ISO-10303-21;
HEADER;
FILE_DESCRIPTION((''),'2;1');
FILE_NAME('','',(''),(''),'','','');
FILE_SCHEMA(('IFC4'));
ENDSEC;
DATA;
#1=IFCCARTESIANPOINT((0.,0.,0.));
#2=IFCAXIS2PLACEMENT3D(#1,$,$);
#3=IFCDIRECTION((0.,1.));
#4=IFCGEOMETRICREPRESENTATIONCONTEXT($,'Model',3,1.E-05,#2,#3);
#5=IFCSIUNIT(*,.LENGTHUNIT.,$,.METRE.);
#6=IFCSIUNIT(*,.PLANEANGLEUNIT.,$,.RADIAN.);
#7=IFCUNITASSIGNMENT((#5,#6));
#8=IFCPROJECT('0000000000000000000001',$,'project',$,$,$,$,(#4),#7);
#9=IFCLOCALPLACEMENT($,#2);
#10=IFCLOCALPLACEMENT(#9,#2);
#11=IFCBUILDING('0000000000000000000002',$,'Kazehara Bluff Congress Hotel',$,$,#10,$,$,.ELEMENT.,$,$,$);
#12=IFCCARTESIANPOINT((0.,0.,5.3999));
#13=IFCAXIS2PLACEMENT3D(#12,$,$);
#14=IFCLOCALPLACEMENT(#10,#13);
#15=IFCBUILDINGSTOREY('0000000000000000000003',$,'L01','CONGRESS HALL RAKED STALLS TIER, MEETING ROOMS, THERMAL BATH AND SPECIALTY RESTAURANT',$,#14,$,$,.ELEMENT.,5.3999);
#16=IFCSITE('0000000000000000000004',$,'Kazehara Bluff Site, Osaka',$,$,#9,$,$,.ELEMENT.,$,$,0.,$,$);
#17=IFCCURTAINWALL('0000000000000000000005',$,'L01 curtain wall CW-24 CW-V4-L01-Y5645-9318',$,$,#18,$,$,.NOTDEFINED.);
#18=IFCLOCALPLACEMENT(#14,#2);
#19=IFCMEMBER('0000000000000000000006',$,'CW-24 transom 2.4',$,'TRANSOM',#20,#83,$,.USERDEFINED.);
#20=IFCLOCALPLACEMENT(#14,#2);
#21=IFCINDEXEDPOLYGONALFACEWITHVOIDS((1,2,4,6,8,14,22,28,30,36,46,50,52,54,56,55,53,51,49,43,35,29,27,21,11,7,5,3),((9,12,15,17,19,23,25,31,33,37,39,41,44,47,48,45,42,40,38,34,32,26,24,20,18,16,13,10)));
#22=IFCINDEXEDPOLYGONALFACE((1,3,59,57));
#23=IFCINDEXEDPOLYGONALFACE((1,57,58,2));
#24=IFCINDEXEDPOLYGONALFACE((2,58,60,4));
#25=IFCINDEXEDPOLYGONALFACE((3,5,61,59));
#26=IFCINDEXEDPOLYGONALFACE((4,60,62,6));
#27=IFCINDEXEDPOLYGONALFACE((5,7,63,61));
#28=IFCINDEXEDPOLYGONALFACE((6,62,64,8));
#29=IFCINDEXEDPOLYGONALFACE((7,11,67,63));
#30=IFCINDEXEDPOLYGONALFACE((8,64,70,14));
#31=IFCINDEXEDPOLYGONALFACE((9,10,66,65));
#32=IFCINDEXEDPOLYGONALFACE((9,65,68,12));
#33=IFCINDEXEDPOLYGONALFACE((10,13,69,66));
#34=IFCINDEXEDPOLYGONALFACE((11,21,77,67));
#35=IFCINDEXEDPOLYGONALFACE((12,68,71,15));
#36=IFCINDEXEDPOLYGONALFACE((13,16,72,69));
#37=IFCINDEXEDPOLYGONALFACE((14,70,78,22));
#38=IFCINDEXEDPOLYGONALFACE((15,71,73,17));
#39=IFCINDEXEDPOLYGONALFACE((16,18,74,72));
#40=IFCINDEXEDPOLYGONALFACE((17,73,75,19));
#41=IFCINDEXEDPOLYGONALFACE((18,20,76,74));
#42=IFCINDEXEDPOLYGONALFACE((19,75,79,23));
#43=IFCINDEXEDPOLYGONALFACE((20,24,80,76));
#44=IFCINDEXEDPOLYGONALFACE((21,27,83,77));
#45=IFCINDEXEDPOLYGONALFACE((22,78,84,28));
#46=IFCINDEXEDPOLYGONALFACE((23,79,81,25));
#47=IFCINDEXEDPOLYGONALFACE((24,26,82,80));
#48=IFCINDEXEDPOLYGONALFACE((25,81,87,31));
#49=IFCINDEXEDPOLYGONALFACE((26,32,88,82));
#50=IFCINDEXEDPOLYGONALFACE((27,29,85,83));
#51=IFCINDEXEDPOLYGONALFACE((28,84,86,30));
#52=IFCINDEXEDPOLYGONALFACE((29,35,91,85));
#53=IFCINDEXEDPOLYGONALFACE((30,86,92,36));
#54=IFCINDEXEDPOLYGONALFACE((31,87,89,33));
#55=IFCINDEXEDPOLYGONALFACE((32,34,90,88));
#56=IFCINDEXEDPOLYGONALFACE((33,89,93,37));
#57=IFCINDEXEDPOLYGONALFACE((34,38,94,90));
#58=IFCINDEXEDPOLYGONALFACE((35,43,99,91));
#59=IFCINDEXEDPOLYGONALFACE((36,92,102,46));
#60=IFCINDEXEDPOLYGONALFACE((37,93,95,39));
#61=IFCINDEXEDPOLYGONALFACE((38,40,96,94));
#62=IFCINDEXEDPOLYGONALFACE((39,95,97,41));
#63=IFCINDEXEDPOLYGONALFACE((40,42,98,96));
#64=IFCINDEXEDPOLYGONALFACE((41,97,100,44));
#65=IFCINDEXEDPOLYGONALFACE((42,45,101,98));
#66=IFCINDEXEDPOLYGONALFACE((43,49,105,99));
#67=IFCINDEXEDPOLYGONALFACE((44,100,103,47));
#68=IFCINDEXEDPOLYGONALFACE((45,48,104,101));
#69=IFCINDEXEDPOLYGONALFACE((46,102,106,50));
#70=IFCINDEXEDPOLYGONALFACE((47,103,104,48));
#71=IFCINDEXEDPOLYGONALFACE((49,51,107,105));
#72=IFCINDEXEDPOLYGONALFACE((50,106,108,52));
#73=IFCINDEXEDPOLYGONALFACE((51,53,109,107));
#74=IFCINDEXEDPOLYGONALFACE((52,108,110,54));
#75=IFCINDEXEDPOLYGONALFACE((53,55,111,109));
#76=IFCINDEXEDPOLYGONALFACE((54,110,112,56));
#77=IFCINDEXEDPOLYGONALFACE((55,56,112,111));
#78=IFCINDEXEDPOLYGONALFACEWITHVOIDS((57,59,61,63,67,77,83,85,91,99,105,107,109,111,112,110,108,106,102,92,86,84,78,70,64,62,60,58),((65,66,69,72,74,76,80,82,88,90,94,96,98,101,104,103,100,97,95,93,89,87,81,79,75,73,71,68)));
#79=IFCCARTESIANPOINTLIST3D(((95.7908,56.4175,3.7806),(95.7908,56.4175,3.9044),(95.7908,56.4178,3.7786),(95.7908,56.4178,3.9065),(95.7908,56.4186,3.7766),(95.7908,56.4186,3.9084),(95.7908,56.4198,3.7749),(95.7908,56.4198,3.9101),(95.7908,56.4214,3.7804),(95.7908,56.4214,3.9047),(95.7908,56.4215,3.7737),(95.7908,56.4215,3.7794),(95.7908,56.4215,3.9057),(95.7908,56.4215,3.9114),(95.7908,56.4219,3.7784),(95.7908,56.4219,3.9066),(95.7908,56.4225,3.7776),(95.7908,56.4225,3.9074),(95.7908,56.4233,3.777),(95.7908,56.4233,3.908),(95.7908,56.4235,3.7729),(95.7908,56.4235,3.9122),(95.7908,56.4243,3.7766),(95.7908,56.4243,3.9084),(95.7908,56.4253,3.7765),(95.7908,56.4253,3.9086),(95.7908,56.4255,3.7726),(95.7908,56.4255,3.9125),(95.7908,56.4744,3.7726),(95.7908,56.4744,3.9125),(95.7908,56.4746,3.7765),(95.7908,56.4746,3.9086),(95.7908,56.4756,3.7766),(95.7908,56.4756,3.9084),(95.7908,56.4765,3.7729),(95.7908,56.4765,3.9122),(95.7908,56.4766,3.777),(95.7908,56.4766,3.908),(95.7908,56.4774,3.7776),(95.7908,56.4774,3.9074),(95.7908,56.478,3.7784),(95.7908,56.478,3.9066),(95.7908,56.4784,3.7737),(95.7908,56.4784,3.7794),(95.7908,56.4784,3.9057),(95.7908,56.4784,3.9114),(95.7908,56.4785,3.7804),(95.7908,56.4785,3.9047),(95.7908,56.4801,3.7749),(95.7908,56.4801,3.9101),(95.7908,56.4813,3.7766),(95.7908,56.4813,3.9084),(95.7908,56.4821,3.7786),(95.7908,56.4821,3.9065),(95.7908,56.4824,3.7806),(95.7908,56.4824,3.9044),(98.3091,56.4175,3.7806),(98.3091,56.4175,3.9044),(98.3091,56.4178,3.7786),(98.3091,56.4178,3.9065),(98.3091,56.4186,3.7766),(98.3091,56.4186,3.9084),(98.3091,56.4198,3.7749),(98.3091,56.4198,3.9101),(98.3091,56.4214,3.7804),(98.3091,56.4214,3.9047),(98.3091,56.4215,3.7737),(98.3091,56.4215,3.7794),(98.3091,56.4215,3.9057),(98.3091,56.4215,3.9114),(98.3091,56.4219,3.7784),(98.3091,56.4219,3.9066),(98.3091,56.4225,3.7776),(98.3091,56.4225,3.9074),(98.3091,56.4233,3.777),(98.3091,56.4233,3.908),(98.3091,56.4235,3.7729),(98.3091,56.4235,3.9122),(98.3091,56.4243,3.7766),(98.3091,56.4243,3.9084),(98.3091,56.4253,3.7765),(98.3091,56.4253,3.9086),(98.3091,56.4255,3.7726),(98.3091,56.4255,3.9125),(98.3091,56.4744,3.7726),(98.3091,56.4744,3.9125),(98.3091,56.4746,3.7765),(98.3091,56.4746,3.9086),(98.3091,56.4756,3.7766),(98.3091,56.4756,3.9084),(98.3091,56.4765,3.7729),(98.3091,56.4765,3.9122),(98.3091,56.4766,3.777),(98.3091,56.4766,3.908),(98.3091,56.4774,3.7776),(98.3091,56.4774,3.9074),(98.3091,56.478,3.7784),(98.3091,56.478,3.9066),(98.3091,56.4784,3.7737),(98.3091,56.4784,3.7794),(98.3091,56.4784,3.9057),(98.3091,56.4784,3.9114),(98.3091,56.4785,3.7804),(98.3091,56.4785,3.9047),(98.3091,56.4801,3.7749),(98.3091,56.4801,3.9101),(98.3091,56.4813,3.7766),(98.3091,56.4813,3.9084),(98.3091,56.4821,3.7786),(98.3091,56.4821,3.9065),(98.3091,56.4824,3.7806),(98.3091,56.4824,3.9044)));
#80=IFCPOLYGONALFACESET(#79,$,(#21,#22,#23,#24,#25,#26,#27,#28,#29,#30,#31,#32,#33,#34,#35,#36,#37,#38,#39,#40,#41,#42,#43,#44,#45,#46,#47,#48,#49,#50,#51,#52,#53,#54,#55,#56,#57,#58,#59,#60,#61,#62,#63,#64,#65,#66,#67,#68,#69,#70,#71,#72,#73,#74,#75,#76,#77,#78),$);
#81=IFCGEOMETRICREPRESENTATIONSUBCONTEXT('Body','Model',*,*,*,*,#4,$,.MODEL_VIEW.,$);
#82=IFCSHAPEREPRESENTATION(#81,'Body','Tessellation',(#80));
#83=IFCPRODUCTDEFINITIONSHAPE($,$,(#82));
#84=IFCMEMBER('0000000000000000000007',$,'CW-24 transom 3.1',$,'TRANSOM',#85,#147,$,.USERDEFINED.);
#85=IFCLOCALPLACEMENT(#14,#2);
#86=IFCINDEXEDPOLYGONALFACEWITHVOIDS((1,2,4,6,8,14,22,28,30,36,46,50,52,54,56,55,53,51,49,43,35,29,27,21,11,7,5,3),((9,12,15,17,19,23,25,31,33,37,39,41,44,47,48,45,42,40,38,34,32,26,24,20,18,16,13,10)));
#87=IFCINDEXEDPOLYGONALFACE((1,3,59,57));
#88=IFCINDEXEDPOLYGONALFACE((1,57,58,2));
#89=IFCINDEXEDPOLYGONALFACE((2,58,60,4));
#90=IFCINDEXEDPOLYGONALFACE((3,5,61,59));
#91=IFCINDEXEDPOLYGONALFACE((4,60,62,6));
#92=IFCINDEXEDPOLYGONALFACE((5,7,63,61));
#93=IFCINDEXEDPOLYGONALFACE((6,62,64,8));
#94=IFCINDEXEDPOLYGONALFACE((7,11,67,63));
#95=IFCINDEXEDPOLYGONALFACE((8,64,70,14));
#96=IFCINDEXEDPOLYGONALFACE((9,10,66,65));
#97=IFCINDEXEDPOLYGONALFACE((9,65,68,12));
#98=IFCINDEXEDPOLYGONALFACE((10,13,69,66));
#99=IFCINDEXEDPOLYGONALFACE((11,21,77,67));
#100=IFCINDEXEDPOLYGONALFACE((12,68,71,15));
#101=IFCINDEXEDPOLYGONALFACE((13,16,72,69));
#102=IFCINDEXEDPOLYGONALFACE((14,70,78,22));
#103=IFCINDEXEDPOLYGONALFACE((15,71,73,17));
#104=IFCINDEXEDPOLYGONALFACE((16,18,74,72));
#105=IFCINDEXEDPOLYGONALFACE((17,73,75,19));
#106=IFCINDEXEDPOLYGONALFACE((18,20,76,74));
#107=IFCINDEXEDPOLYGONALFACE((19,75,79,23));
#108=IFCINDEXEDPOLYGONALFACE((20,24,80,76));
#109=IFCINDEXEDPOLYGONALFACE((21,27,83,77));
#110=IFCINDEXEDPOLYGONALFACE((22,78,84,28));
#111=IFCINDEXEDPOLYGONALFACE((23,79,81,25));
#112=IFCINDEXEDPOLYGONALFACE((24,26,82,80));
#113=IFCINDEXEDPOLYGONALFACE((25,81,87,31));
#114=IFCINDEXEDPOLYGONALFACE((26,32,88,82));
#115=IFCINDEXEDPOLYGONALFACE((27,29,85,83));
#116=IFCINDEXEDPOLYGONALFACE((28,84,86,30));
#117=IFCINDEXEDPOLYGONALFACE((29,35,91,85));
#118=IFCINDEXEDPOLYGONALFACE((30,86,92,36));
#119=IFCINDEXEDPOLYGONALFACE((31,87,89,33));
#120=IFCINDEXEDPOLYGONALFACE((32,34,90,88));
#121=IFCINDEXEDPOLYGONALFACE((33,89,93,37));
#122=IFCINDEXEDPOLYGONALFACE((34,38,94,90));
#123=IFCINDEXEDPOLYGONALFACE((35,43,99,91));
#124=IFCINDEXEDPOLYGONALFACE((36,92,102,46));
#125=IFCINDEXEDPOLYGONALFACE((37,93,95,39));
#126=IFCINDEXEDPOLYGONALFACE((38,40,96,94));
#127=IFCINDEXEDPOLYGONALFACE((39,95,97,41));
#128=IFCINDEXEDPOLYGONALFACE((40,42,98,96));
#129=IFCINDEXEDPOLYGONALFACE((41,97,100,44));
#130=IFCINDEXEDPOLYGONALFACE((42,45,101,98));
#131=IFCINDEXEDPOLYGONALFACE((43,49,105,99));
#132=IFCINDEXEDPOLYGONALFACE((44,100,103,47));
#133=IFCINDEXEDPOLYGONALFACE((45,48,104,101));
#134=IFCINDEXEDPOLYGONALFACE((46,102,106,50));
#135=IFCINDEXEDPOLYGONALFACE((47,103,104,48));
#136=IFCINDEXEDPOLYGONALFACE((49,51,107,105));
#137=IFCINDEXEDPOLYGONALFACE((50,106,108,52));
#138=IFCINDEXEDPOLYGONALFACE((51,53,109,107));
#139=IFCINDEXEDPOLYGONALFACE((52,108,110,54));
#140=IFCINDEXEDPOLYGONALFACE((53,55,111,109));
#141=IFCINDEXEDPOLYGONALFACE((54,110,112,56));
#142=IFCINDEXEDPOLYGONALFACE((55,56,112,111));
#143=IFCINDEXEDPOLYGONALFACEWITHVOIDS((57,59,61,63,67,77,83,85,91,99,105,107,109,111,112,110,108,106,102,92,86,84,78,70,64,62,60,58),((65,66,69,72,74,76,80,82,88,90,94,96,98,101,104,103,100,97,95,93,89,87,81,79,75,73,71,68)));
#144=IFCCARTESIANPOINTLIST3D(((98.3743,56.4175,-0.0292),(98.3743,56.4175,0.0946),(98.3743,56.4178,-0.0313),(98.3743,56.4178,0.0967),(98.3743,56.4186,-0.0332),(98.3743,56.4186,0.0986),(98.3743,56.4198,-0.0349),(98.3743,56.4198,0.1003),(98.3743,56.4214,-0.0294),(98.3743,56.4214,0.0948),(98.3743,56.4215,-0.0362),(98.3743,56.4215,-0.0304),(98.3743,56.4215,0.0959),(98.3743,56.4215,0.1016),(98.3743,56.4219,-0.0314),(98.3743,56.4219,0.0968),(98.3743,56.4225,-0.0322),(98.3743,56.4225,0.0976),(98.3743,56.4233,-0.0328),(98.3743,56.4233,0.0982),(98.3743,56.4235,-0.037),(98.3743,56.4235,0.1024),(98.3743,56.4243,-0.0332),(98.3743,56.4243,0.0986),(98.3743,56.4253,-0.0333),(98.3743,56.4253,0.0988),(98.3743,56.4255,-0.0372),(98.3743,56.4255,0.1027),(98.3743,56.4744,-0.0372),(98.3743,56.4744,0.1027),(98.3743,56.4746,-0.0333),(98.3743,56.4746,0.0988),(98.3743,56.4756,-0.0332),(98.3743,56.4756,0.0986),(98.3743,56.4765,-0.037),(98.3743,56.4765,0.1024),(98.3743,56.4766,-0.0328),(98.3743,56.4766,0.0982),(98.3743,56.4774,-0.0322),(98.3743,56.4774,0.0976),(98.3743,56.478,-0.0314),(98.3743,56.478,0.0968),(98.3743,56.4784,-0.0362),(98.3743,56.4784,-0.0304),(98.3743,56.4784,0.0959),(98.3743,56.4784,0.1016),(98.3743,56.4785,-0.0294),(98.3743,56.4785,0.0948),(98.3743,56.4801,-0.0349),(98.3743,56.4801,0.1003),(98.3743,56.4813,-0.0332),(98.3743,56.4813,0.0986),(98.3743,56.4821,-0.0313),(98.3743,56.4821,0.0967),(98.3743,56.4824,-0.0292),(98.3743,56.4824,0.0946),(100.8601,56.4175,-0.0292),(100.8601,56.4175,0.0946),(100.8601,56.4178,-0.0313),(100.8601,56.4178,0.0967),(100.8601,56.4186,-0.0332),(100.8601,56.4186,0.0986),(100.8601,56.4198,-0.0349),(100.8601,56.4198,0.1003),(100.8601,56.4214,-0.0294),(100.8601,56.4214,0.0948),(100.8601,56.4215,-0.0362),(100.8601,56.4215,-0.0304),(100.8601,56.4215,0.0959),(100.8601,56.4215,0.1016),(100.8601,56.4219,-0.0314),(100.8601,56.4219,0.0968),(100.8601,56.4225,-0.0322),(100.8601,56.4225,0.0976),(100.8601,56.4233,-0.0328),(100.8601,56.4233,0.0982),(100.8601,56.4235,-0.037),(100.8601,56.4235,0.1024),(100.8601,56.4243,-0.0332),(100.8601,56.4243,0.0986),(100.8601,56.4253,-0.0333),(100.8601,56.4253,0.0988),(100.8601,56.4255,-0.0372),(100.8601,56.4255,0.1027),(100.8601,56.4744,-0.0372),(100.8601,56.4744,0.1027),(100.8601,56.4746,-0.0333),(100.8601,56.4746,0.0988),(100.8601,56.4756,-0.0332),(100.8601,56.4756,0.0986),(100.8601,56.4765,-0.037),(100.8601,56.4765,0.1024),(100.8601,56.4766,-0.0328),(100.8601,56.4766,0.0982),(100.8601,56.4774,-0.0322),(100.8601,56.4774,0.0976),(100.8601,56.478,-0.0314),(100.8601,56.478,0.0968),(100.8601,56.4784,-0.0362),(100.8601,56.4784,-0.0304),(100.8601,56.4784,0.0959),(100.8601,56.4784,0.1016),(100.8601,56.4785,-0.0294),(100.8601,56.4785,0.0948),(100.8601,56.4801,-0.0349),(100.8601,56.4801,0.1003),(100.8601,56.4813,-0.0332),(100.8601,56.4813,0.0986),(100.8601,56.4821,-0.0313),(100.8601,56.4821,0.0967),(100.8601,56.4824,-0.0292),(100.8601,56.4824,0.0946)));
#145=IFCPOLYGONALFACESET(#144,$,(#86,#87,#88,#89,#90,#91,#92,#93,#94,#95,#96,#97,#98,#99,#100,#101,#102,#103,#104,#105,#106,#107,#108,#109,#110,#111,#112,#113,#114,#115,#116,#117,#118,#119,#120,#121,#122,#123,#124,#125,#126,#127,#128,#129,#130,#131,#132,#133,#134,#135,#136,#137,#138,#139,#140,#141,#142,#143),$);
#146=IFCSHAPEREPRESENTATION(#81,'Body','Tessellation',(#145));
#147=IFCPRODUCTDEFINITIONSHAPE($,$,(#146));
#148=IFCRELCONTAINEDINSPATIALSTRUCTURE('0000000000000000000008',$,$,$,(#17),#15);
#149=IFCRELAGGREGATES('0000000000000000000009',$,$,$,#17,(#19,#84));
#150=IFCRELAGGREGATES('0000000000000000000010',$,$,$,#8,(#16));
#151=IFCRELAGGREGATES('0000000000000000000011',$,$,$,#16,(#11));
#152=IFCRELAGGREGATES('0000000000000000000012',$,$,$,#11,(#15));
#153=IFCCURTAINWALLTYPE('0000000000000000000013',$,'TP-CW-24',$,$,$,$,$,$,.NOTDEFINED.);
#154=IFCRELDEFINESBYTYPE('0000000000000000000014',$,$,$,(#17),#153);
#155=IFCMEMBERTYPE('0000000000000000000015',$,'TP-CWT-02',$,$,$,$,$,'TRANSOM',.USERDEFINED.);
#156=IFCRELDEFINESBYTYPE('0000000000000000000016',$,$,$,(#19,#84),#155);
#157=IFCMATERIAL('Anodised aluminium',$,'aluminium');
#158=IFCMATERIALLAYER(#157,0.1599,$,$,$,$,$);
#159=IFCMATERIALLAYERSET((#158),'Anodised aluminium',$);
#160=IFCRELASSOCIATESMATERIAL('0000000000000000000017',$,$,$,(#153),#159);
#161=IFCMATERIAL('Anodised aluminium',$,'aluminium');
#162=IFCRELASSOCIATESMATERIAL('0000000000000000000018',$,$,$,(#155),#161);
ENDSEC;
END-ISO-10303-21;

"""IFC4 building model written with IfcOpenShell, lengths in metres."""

from ifc_helpers import new_model, si_unit, direction, frame, origin, origin_2d, place, context, subcontext, project, spatial, hollow_rectangle, extrude, material, layer, layer_set, material_profile, profile_set, type_object, element, aggregate, save


model = new_model("IFC4")

# Units and contexts
model_context = context("Model", 3, precision=1e-05, world=origin(), true_north=direction((0.0, 1.0)))
body_context = subcontext(model_context, "Body", "Model", "MODEL_VIEW")
ifc_project = project(units=[si_unit("LENGTHUNIT", "METRE"), si_unit("PLANEANGLEUNIT", "RADIAN")], contexts=[model_context])

# Site, building, storey
site_placement = place(None, origin())
site = spatial("IfcSite", under=ifc_project, at=site_placement, Name="Kazehara Bluff Site, Osaka", CompositionType="ELEMENT", RefElevation=0.0)
building_placement = place(site_placement, origin())
building = spatial("IfcBuilding", under=site, at=building_placement, Name="Kazehara Bluff Congress Hotel", CompositionType="ELEMENT")
storey_placement = place(building_placement, frame((0.0, 0.0, 5.3999)))
storey = spatial("IfcBuildingStorey", under=building, at=storey_placement, Name="L01", Description="CONGRESS HALL RAKED STALLS TIER, MEETING ROOMS, THERMAL BATH AND SPECIALTY RESTAURANT", CompositionType="ELEMENT", Elevation=5.3999)

# Curtain wall, members
ifc_material_1 = material(Name="Anodised aluminium", Category="aluminium")
ifc_layer_1 = layer(ifc_material_1, 0.1599)
ifc_layer_set_1 = layer_set([ifc_layer_1], Name="Anodised aluminium")
curtain_wall_type_1 = type_object("IfcCurtainWallType", Name="TP-CW-24", PredefinedType="NOTDEFINED", material=ifc_layer_set_1)
curtain_wall_1_placement = place(storey_placement, origin())
curtain_wall_1 = element("IfcCurtainWall", 1, at=curtain_wall_1_placement, inside=storey, type_object=curtain_wall_type_1, Name="L01 curtain wall CW-24 CW-V4-L01-Y5645-9318", PredefinedType="NOTDEFINED")
ifc_material_2 = material(Name="Anodised aluminium", Category="aluminium")
ifc_material_profile_1 = material_profile(ifc_material_2, hollow_rectangle(XDim=0.0649, YDim=0.1399, WallThickness=0.0039, InnerFilletRadius=0.0039, OuterFilletRadius=0.0081, at=origin_2d()))
ifc_profile_set_1 = profile_set([ifc_material_profile_1], Name="Anodised aluminium")
member_type_1 = type_object("IfcMemberType", Name="TP-CWT-02", ElementType="TRANSOM", PredefinedType="USERDEFINED", material=ifc_profile_set_1)
member_1_placement = place(storey_placement, frame((95.7908, 56.45, 3.8425), z_axis=(1.0, 0.0, 0.0), x_axis=(0.0, 1.0, 0.0)))
member_1 = element("IfcMember", 2, at=member_1_placement, type_object=member_type_1, Name="CW-24 transom 2.4", ObjectType="TRANSOM", PredefinedType="USERDEFINED", context=body_context, shape_type="SweptSolid", body=[
    extrude(hollow_rectangle(XDim=0.0649, YDim=0.1399, WallThickness=0.0039, InnerFilletRadius=0.0039, OuterFilletRadius=0.0081, at=origin_2d()), origin(), (0.0, 0.0, 1.0), 2.5183),
])
member_2_placement = place(storey_placement, frame((98.3743, 56.45, 0.0327), z_axis=(1.0, 0.0, 0.0), x_axis=(0.0, 1.0, 0.0)))
member_2 = element("IfcMember", 3, at=member_2_placement, type_object=member_type_1, Name="CW-24 transom 3.1", ObjectType="TRANSOM", PredefinedType="USERDEFINED", context=body_context, shape_type="SweptSolid", body=[
    extrude(hollow_rectangle(XDim=0.0649, YDim=0.1399, WallThickness=0.0039, InnerFilletRadius=0.0039, OuterFilletRadius=0.0081, at=origin_2d()), origin(), (0.0, 0.0, 1.0), 2.4858),
])

aggregate(curtain_wall_1, [member_1, member_2])

save(model, "model.ifc")
